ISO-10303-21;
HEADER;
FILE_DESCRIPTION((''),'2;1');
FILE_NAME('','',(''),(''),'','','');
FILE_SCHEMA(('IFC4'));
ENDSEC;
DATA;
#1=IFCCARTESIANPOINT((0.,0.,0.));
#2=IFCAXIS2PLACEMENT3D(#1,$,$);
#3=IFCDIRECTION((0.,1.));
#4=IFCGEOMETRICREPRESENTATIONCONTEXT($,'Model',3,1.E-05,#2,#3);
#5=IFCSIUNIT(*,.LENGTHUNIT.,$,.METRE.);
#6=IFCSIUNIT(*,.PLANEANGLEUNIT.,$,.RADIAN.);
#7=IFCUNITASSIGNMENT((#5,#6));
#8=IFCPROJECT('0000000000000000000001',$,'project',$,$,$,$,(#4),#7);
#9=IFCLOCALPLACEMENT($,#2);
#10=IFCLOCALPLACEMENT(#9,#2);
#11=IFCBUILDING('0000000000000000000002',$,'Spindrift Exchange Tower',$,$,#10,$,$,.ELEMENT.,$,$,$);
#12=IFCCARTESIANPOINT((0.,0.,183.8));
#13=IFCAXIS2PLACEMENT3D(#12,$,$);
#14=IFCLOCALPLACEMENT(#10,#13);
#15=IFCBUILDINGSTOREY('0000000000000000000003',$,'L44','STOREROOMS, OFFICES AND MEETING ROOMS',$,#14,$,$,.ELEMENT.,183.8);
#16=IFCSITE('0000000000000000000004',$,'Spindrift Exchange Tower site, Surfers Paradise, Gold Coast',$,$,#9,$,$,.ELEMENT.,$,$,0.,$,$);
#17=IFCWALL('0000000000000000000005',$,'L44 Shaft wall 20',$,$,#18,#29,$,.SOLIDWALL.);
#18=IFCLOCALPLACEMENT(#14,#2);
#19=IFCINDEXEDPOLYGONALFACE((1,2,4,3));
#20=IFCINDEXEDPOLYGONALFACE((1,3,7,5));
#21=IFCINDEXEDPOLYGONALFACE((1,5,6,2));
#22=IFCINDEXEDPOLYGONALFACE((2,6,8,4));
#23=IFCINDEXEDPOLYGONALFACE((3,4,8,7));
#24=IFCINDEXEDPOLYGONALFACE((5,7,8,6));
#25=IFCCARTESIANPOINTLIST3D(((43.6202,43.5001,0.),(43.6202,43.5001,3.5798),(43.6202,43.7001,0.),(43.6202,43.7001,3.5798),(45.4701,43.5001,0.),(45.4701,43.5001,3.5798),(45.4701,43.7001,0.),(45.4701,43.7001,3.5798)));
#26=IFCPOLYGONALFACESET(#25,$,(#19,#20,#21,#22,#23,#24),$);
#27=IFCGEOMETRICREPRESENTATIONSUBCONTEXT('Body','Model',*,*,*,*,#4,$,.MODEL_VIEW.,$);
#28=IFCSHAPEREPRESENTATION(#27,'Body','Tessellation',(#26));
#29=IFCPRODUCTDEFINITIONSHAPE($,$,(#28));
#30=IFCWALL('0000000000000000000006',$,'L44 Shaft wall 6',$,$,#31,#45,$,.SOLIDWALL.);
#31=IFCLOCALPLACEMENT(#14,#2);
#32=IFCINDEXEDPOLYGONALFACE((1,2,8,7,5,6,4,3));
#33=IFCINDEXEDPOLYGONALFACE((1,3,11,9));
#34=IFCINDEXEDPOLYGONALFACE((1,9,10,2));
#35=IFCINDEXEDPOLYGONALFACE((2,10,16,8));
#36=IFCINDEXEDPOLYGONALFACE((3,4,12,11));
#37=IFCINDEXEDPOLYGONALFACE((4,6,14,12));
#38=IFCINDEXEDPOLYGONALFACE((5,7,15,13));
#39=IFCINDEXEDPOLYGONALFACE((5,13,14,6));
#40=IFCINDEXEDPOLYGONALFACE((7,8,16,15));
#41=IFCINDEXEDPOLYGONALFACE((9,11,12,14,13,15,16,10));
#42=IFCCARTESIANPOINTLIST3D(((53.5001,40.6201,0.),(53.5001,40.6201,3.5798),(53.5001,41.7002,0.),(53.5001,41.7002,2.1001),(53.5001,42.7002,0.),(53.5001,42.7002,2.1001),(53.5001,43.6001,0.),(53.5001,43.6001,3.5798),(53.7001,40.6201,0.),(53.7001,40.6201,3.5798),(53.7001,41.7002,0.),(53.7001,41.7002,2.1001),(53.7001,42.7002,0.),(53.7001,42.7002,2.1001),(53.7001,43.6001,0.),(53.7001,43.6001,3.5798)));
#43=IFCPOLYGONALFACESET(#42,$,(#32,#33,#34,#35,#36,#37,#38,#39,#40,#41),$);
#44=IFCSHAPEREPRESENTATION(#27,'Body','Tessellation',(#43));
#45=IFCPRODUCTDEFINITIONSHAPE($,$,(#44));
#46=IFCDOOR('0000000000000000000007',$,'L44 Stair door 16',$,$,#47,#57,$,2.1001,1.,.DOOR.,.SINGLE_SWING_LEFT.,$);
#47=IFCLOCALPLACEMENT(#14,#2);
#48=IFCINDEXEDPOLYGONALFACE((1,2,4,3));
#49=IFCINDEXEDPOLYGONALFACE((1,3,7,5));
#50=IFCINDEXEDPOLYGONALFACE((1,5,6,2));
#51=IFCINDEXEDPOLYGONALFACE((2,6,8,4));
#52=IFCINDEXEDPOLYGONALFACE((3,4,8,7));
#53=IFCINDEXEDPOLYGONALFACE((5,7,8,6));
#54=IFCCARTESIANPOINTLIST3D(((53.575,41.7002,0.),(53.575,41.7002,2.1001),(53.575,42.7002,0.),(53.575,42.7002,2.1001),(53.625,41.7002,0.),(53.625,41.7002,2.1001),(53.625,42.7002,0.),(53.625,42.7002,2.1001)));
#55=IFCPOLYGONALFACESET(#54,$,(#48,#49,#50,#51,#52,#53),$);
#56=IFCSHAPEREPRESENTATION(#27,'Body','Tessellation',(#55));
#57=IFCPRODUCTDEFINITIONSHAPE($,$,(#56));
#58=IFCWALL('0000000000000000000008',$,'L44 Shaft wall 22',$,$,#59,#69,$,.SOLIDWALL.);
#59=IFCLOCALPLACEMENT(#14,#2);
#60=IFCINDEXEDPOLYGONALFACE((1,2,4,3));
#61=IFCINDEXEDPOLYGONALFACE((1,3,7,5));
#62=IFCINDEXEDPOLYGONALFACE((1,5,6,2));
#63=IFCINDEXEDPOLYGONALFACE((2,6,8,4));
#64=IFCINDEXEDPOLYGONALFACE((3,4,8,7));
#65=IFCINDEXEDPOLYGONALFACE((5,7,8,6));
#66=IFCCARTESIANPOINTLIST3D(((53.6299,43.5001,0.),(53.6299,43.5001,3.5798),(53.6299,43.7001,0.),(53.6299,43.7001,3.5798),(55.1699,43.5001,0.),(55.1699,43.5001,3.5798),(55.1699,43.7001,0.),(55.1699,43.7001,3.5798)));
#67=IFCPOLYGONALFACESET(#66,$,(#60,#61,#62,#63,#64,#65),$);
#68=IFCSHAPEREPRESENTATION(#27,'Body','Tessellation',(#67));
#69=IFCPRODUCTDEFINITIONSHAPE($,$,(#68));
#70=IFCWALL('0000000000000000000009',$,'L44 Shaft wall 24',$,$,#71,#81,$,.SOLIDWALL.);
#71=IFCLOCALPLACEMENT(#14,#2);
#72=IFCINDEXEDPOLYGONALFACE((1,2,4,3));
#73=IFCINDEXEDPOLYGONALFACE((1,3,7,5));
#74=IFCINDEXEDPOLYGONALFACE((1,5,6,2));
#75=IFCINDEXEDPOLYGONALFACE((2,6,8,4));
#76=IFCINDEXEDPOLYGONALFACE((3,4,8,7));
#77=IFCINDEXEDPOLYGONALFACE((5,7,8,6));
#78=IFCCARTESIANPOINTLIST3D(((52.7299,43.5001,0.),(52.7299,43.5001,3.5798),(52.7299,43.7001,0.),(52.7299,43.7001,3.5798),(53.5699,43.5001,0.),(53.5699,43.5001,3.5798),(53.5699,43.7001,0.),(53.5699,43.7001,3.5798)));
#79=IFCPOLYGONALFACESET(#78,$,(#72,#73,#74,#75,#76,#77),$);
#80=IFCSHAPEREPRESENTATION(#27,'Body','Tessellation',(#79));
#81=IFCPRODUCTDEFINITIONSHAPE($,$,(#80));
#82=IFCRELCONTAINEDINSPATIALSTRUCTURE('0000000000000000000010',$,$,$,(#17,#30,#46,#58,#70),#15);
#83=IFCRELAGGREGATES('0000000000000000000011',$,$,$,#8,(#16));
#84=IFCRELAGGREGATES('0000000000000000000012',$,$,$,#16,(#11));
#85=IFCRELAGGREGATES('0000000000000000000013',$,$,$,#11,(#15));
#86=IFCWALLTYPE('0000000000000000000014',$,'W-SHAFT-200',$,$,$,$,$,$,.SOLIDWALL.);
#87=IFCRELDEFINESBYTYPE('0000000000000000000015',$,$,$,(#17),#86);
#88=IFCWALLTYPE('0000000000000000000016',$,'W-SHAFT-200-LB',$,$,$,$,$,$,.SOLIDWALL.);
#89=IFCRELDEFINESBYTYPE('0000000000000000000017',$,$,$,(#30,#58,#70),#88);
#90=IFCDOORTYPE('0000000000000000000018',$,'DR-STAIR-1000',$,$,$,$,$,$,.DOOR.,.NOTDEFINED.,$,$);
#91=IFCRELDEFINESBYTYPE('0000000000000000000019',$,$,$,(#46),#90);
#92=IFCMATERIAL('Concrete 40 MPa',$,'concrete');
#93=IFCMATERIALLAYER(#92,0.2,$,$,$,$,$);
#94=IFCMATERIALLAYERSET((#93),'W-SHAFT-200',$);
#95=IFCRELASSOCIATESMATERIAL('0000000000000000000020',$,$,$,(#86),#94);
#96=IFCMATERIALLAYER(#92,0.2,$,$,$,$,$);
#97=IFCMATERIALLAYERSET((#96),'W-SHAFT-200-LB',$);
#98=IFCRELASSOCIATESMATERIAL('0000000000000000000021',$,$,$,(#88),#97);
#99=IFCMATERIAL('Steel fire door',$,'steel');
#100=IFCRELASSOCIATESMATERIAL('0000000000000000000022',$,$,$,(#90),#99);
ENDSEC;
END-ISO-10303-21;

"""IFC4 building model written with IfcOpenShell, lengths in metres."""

from ifc_helpers import new_model, si_unit, direction, frame, frame_2d, origin, place, context, subcontext, project, spatial, rectangle, extrude, source, transform, mapped, material, layer, layer_set, type_object, element, fill, save


model = new_model("IFC4")

# Units and contexts
model_context = context("Model", 3, precision=1e-05, world=origin(), true_north=direction((0.0, 1.0)))
body_context = subcontext(model_context, "Body", "Model", "MODEL_VIEW")
ifc_project = project(units=[si_unit("LENGTHUNIT", "METRE"), si_unit("PLANEANGLEUNIT", "RADIAN")], contexts=[model_context])

# Site, building, storey
site_placement = place(None, origin())
site = spatial("IfcSite", under=ifc_project, at=site_placement, Name="Spindrift Exchange Tower site, Surfers Paradise, Gold Coast", CompositionType="ELEMENT", RefElevation=0.0)
building_placement = place(site_placement, origin())
building = spatial("IfcBuilding", under=site, at=building_placement, Name="Spindrift Exchange Tower", CompositionType="ELEMENT")
storey_placement = place(building_placement, frame((0.0, 0.0, 183.8)))
storey = spatial("IfcBuildingStorey", under=building, at=storey_placement, Name="L44", Description="STOREROOMS, OFFICES AND MEETING ROOMS", CompositionType="ELEMENT", Elevation=183.8)

# Shared definitions
ifc_material_1 = material(Name="Steel fire door", Category="steel")

# Shared definitions
ifc_material_2 = material(Name="Concrete 40 MPa", Category="concrete")
ifc_layer_1 = layer(ifc_material_2, 0.2)
ifc_layer_set_1 = layer_set([ifc_layer_1], Name="W-SHAFT-200")
wall_type_1 = type_object("IfcWallType", Name="W-SHAFT-200", PredefinedType="SOLIDWALL", material=ifc_layer_set_1)

# Wall
wall_1_placement = place(storey_placement, frame((45.47, 43.6001, 0.0), z_axis=(0.0, 0.0, 1.0), x_axis=(-1.0, 0.0, 0.0)))
element("IfcWall", 1, at=wall_1_placement, inside=storey, type_object=wall_type_1, Name="L44 Shaft wall 20", PredefinedType="SOLIDWALL", context=body_context, shape_type="SweptSolid", body=[
    extrude(rectangle(XDim=1.8499, YDim=0.2, at=frame_2d((0.9248, 0.0))), origin(), (0.0, 0.0, 1.0), 3.5798),
])

# Wall, opening, door
ifc_layer_2 = layer(ifc_material_2, 0.2)
ifc_layer_set_2 = layer_set([ifc_layer_2], Name="W-SHAFT-200-LB")
wall_type_2 = type_object("IfcWallType", Name="W-SHAFT-200-LB", PredefinedType="SOLIDWALL", material=ifc_layer_set_2)
wall_2_placement = place(storey_placement, frame((53.6001, 43.6001, 0.0), z_axis=(0.0, 0.0, 1.0), x_axis=(0.0, -1.0, 0.0)))
wall_2 = element("IfcWall", 2, at=wall_2_placement, inside=storey, type_object=wall_type_2, Name="L44 Shaft wall 6", PredefinedType="SOLIDWALL", context=body_context, shape_type="SweptSolid", body=[
    extrude(rectangle(XDim=2.98, YDim=0.2, at=frame_2d((1.49, 0.0))), origin(), (0.0, 0.0, 1.0), 3.5798),
])
opening_1_placement = place(wall_2_placement, frame((0.8999, 0.0, 0.0)))
opening_1 = element("IfcOpeningElement", 3, at=opening_1_placement, cuts=wall_2, PredefinedType="OPENING", context=body_context, shape_type="SweptSolid", body=[
    extrude(rectangle(XDim=1.0, YDim=2.1001, at=frame_2d((0.5, 1.05))), frame((0.0, 0.1099, 0.0), z_axis=(0.0, -1.0, 0.0), x_axis=(1.0, 0.0, 0.0)), (0.0, 0.0, 1.0), 0.22),
])
door_type_1 = type_object("IfcDoorType", Name="DR-STAIR-1000", OperationType="NOTDEFINED", PredefinedType="DOOR", material=ifc_material_1)
shared_shape_1 = source(origin(), body_context, "Body", "SweptSolid", [
    extrude(rectangle(XDim=1.0, YDim=2.1001, at=frame_2d((0.5, 1.05))), frame((0.0, 0.0249, 0.0), z_axis=(0.0, -1.0, 0.0), x_axis=(1.0, 0.0, 0.0)), (0.0, 0.0, 1.0), 0.05),
])
door_1_placement = place(opening_1_placement, origin())
door_1 = element("IfcDoor", 4, at=door_1_placement, inside=storey, type_object=door_type_1, Name="L44 Stair door 16", OperationType="SINGLE_SWING_LEFT", OverallHeight=2.1001, OverallWidth=1.0, PredefinedType="DOOR", context=body_context, shape_type="MappedRepresentation", body=[
    mapped(shared_shape_1, transform((0.0, 0.0, 0.0), scale=1.0)),
])
fill(opening_1, door_1)

# Walls
wall_3_placement = place(storey_placement, frame((53.6299, 43.6001, 0.0), z_axis=(0.0, 0.0, 1.0), x_axis=(1.0, 0.0, 0.0)))
element("IfcWall", 5, at=wall_3_placement, inside=storey, type_object=wall_type_2, Name="L44 Shaft wall 22", PredefinedType="SOLIDWALL", context=body_context, shape_type="SweptSolid", body=[
    extrude(rectangle(XDim=1.54, YDim=0.2, at=frame_2d((0.77, 0.0))), origin(), (0.0, 0.0, 1.0), 3.5798),
])
wall_4_placement = place(storey_placement, frame((52.73, 43.6001, 0.0), z_axis=(0.0, 0.0, 1.0), x_axis=(1.0, 0.0, 0.0)))
element("IfcWall", 6, at=wall_4_placement, inside=storey, type_object=wall_type_2, Name="L44 Shaft wall 24", PredefinedType="SOLIDWALL", context=body_context, shape_type="SweptSolid", body=[
    extrude(rectangle(XDim=0.8401, YDim=0.2, at=frame_2d((0.4199, 0.0))), origin(), (0.0, 0.0, 1.0), 3.5798),
])

save(model, "model.ifc")
